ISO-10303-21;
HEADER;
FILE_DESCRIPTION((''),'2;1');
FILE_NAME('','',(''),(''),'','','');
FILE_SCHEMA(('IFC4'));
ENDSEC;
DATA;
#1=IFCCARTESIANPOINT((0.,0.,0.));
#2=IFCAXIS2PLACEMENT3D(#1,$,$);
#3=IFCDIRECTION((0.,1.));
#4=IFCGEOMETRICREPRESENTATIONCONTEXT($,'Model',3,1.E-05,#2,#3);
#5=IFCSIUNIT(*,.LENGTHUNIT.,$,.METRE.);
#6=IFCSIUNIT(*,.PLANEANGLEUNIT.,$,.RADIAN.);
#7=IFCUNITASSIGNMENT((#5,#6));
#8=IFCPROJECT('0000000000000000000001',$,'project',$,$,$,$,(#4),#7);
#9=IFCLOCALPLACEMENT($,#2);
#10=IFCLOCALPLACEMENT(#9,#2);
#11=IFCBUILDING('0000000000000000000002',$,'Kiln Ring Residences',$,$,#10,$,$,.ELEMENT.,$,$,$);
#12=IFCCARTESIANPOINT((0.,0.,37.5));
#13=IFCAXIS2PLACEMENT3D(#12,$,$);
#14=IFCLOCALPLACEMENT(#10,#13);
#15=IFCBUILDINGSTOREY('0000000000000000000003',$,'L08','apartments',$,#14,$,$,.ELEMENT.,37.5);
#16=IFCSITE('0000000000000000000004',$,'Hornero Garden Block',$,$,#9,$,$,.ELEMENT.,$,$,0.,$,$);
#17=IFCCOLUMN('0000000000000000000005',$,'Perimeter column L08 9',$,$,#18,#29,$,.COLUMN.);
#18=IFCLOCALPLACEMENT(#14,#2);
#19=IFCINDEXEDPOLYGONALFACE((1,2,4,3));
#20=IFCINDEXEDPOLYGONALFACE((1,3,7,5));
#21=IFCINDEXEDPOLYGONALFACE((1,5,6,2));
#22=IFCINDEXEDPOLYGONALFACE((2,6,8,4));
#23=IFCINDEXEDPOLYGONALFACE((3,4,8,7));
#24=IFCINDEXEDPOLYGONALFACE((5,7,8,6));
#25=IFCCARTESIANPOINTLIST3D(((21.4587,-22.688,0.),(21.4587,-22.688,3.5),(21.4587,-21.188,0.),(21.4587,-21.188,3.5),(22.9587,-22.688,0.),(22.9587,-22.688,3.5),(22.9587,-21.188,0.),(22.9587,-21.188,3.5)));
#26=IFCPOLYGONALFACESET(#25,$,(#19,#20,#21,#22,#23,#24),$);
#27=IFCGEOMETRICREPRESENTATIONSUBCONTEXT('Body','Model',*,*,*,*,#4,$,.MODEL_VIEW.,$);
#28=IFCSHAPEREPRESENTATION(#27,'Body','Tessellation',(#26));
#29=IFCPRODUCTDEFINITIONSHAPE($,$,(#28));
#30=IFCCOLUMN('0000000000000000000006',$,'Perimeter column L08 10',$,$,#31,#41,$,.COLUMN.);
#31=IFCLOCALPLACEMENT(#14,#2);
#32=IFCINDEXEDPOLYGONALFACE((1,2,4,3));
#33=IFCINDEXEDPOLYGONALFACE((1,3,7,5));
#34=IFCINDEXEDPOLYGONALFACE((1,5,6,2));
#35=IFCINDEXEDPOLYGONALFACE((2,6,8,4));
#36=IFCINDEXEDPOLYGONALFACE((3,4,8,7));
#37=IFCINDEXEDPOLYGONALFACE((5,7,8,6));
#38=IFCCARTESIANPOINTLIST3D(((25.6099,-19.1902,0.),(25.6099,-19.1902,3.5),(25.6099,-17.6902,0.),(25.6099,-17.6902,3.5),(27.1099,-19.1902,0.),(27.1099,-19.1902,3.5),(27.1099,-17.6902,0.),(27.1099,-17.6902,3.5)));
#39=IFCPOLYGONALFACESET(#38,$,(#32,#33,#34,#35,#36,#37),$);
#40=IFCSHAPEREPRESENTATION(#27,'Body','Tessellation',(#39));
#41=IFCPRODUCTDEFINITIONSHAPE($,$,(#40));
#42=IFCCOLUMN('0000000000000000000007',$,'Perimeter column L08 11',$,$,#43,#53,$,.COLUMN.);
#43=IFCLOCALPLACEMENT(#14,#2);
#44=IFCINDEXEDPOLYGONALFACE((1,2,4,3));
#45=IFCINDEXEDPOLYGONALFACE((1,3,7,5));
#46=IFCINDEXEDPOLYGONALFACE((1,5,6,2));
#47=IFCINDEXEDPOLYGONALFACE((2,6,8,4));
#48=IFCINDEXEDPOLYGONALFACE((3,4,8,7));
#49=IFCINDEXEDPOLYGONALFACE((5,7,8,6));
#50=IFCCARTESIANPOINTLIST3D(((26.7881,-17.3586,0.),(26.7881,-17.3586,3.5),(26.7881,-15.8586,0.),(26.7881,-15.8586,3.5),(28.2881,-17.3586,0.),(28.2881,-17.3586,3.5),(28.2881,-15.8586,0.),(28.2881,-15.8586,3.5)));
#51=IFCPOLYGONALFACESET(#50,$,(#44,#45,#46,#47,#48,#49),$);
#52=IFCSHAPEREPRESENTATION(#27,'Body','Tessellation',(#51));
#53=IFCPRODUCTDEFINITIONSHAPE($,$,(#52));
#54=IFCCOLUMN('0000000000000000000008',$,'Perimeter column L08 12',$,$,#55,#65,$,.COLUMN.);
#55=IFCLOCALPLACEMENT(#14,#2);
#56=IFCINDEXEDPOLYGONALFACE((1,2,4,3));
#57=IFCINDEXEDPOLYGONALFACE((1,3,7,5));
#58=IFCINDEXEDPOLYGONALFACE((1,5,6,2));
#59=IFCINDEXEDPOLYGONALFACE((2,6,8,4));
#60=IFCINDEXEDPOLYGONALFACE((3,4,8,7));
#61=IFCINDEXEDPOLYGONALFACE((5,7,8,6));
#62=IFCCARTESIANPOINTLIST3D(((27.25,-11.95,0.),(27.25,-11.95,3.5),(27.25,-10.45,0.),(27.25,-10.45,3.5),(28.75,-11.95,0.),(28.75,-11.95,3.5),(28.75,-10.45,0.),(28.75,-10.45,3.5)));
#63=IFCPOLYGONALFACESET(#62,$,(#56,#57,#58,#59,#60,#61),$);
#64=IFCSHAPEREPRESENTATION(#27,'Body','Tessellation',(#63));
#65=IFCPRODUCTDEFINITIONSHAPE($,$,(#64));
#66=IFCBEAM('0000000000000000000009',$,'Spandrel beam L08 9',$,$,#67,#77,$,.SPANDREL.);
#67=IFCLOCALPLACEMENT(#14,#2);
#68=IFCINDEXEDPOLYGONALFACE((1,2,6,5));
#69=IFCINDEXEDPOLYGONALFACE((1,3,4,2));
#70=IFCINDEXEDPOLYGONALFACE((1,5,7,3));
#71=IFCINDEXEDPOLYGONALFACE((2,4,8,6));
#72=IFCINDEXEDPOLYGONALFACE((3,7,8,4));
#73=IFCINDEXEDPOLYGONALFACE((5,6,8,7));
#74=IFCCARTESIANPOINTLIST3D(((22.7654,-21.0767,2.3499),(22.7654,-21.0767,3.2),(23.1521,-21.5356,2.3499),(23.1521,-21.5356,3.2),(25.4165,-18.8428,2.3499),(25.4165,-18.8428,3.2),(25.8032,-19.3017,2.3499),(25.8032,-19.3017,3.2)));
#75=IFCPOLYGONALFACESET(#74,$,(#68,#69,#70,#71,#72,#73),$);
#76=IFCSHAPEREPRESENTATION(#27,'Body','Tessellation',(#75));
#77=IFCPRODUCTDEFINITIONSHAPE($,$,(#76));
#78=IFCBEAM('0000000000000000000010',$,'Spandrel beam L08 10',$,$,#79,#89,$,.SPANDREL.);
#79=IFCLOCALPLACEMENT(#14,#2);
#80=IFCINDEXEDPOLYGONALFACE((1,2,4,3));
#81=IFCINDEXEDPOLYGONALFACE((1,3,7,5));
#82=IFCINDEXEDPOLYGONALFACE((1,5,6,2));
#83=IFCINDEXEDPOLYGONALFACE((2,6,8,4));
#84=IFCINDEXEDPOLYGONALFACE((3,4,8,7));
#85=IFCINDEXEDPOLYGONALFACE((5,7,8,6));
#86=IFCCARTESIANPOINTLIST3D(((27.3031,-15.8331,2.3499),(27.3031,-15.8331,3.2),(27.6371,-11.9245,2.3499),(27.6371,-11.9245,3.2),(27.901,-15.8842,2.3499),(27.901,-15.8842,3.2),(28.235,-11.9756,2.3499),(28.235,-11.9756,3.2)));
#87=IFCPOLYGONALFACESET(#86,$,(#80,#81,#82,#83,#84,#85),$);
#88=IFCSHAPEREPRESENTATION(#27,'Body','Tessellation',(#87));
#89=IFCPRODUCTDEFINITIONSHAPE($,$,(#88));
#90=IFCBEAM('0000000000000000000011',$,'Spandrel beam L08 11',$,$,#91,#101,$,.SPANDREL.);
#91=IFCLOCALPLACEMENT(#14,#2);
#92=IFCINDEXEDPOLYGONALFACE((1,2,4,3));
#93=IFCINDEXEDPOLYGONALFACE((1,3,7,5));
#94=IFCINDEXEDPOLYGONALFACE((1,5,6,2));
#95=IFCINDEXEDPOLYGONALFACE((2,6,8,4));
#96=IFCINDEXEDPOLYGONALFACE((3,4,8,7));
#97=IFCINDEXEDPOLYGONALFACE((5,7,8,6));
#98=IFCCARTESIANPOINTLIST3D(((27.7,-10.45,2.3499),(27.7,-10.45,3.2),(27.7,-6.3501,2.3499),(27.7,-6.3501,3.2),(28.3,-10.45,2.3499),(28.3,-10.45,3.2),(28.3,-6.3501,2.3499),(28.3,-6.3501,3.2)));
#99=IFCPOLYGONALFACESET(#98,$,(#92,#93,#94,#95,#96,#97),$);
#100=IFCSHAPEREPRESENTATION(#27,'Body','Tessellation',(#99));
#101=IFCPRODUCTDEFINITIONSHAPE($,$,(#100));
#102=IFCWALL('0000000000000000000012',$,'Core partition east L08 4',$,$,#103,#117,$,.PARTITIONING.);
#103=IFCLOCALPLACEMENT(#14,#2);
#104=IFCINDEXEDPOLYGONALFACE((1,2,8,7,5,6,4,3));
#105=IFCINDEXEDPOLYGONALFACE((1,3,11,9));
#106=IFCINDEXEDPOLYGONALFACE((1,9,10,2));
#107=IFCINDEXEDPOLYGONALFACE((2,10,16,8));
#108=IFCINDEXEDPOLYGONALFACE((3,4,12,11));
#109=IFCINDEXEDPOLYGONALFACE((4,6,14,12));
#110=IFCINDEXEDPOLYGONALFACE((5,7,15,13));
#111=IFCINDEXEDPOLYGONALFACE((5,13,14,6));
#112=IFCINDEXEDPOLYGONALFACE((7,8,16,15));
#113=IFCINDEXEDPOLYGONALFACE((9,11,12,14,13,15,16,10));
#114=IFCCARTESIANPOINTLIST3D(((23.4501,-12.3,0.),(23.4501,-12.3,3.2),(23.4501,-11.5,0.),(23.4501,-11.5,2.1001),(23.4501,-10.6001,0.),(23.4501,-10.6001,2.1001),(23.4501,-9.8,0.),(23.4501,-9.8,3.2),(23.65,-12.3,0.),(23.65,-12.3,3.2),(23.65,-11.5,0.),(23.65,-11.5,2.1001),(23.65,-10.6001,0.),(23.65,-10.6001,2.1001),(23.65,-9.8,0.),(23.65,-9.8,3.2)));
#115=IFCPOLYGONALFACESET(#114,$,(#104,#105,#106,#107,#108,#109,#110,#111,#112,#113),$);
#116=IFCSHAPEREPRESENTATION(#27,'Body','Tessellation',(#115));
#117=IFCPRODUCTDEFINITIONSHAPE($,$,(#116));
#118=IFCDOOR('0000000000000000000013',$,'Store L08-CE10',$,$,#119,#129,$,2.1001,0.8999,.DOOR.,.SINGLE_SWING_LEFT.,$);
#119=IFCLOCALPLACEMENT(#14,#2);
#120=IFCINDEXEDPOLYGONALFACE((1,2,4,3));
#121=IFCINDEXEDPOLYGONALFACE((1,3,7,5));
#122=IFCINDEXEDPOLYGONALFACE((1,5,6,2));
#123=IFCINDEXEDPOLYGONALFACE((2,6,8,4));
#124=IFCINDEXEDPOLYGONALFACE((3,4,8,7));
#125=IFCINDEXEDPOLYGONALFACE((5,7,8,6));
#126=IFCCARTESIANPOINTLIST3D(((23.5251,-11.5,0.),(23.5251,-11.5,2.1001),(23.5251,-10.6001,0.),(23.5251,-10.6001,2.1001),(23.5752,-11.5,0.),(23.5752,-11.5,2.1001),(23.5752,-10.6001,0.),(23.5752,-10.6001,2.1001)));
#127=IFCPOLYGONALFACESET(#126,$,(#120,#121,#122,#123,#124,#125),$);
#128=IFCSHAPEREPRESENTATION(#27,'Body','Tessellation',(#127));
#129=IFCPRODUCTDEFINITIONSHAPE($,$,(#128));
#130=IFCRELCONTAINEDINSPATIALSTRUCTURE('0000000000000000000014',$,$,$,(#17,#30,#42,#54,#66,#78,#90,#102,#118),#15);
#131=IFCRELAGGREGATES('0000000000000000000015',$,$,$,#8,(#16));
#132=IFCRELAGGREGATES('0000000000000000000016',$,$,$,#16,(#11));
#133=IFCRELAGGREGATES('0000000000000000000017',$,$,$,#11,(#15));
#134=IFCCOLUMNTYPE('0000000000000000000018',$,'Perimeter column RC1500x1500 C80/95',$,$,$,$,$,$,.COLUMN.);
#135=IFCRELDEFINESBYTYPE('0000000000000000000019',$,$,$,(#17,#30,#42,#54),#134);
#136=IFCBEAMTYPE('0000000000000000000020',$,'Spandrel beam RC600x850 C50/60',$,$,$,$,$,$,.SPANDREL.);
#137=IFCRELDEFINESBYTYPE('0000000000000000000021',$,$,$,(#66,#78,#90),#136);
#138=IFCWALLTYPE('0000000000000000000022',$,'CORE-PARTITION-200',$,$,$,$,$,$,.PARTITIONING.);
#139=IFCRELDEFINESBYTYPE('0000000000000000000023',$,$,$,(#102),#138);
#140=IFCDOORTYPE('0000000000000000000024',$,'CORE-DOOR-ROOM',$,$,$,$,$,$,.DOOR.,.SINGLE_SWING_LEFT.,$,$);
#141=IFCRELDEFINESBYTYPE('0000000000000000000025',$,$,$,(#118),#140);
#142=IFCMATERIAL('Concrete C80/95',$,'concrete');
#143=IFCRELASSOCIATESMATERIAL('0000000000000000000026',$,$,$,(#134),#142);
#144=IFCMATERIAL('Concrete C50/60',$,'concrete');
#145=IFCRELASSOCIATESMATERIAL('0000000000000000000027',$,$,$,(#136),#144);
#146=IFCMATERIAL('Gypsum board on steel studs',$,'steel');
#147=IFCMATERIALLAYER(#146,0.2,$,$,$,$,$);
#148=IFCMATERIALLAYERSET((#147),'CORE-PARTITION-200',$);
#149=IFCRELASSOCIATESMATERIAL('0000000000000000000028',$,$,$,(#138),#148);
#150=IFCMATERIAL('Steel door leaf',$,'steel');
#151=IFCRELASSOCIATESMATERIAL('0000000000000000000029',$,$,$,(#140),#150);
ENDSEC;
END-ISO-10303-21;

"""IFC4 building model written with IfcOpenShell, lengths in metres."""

from ifc_helpers import new_model, si_unit, direction, frame, frame_2d, origin, origin_2d, place, context, subcontext, project, spatial, rectangle, extrude, material, layer, layer_set, material_profile, profile_set, type_object, element, fill, save


model = new_model("IFC4")

# Units and contexts
model_context = context("Model", 3, precision=1e-05, world=origin(), true_north=direction((0.0, 1.0)))
body_context = subcontext(model_context, "Body", "Model", "MODEL_VIEW")
ifc_project = project(units=[si_unit("LENGTHUNIT", "METRE"), si_unit("PLANEANGLEUNIT", "RADIAN")], contexts=[model_context])

# Site, building, storey
site_placement = place(None, origin())
site = spatial("IfcSite", under=ifc_project, at=site_placement, Name="Hornero Garden Block", CompositionType="ELEMENT", RefElevation=0.0)
building_placement = place(site_placement, origin())
building = spatial("IfcBuilding", under=site, at=building_placement, Name="Kiln Ring Residences", CompositionType="ELEMENT")
storey_placement = place(building_placement, frame((0.0, 0.0, 37.5)))
storey = spatial("IfcBuildingStorey", under=building, at=storey_placement, Name="L08", Description="apartments", CompositionType="ELEMENT", Elevation=37.5)

# Columns
ifc_material_1 = material(Name="Concrete C80/95", Category="concrete")
ifc_material_profile_1 = material_profile(ifc_material_1, rectangle(XDim=1.5, YDim=1.5, at=origin_2d()), Name="RC1500x1500")
ifc_profile_set_1 = profile_set([ifc_material_profile_1], Name="Concrete C80/95")
column_type = type_object("IfcColumnType", Name="Perimeter column RC1500x1500 C80/95", PredefinedType="COLUMN", material=ifc_profile_set_1)
for number, where, z_axis, x_axis, name in (
    (1, (22.2087, -21.938, 0.0), (0.0, 0.0, 1.0), (1.0, 0.0, 0.0), "Perimeter column L08 9"),
    (2, (26.3599, -18.4402, 0.0), (0.0, 0.0, 1.0), (1.0, 0.0, 0.0), "Perimeter column L08 10"),
    (3, (27.5381, -16.6086, 0.0), (0.0, 0.0, 1.0), (1.0, 0.0, 0.0), "Perimeter column L08 11"),
    (4, (28.0, -11.2, 0.0), (0.0, 0.0, 1.0), (1.0, 0.0, 0.0), "Perimeter column L08 12"),
):
    element("IfcColumn", number, at=place(storey_placement, frame(where, z_axis=z_axis, x_axis=x_axis)), inside=storey, type_object=column_type, Name=name, PredefinedType="COLUMN", context=body_context, shape_type="SweptSolid", body=[
        extrude(rectangle(XDim=1.5, YDim=1.5, at=origin_2d()), origin(), (0.0, 0.0, 1.0), 3.5),
    ])

# Beams
ifc_material_2 = material(Name="Concrete C50/60", Category="concrete")
ifc_material_profile_2 = material_profile(ifc_material_2, rectangle(XDim=0.6001, YDim=0.8501, at=origin_2d()), Name="RC600x850")
ifc_profile_set_2 = profile_set([ifc_material_profile_2], Name="Concrete C50/60")
beam_type = type_object("IfcBeamType", Name="Spandrel beam RC600x850 C50/60", PredefinedType="SPANDREL", material=ifc_profile_set_2)
beam_1_placement = place(storey_placement, frame((22.9587, -21.3062, 2.7749), z_axis=(0.764718, 0.644366, 0.0), x_axis=(-0.644366, 0.764718, 0.0)))
element("IfcBeam", 5, at=beam_1_placement, inside=storey, type_object=beam_type, Name="Spandrel beam L08 9", PredefinedType="SPANDREL", context=body_context, shape_type="SweptSolid", body=[
    extrude(rectangle(XDim=0.6001, YDim=0.8501, at=origin_2d()), origin(), (0.0, 0.0, 1.0), 3.4668),
])
beam_2_placement = place(storey_placement, frame((27.6021, -15.8586, 2.7749), z_axis=(0.085136, 0.996369, 0.0), x_axis=(-0.996369, 0.085136, 0.0)))
element("IfcBeam", 6, at=beam_2_placement, inside=storey, type_object=beam_type, Name="Spandrel beam L08 10", PredefinedType="SPANDREL", context=body_context, shape_type="SweptSolid", body=[
    extrude(rectangle(XDim=0.6001, YDim=0.8501, at=origin_2d()), origin(), (0.0, 0.0, 1.0), 3.9229),
])
beam_3_placement = place(storey_placement, frame((28.0, -10.45, 2.7749), z_axis=(0.0, 1.0, 0.0), x_axis=(-1.0, 0.0, 0.0)))
element("IfcBeam", 7, at=beam_3_placement, inside=storey, type_object=beam_type, Name="Spandrel beam L08 11", PredefinedType="SPANDREL", context=body_context, shape_type="SweptSolid", body=[
    extrude(rectangle(XDim=0.6001, YDim=0.8501, at=origin_2d()), origin(), (0.0, 0.0, 1.0), 4.0999),
])

# Wall, opening, door
ifc_material_3 = material(Name="Gypsum board on steel studs", Category="steel")
ifc_layer_1 = layer(ifc_material_3, 0.2)
ifc_layer_set_1 = layer_set([ifc_layer_1], Name="CORE-PARTITION-200")
wall_type_1 = type_object("IfcWallType", Name="CORE-PARTITION-200", PredefinedType="PARTITIONING", material=ifc_layer_set_1)
wall_1_placement = place(storey_placement, frame((23.55, -12.3, 0.0), z_axis=(0.0, 0.0, 1.0), x_axis=(0.0, 1.0, 0.0)))
wall_1 = element("IfcWall", 8, at=wall_1_placement, inside=storey, type_object=wall_type_1, Name="Core partition east L08 4", PredefinedType="PARTITIONING", context=body_context, shape_type="SweptSolid", body=[
    extrude(rectangle(XDim=2.5, YDim=0.2, at=frame_2d((1.25, 0.0))), origin(), (0.0, 0.0, 1.0), 3.2),
])
opening_1_placement = place(wall_1_placement, frame((0.8, 0.0, 0.0)))
opening_1 = element("IfcOpeningElement", 9, at=opening_1_placement, cuts=wall_1, PredefinedType="OPENING", context=body_context, shape_type="SweptSolid", body=[
    extrude(rectangle(XDim=0.8999, YDim=2.1001, at=frame_2d((0.45, 1.05))), frame((0.0, 0.1099, 0.0), z_axis=(0.0, -1.0, 0.0), x_axis=(1.0, 0.0, 0.0)), (0.0, 0.0, 1.0), 0.22),
])
ifc_material_4 = material(Name="Steel door leaf", Category="steel")
door_type_1 = type_object("IfcDoorType", Name="CORE-DOOR-ROOM", OperationType="SINGLE_SWING_LEFT", PredefinedType="DOOR", material=ifc_material_4)
door_1_placement = place(opening_1_placement, origin())
door_1 = element("IfcDoor", 10, at=door_1_placement, inside=storey, type_object=door_type_1, Name="Store L08-CE10", OperationType="SINGLE_SWING_LEFT", OverallHeight=2.1001, OverallWidth=0.8999, PredefinedType="DOOR", context=body_context, shape_type="SweptSolid", body=[
    extrude(rectangle(XDim=0.8999, YDim=2.1001, at=frame_2d((0.45, 1.05))), frame((0.0, 0.0249, 0.0), z_axis=(0.0, -1.0, 0.0), x_axis=(1.0, 0.0, 0.0)), (0.0, 0.0, 1.0), 0.05),
])
fill(opening_1, door_1)

save(model, "model.ifc")
